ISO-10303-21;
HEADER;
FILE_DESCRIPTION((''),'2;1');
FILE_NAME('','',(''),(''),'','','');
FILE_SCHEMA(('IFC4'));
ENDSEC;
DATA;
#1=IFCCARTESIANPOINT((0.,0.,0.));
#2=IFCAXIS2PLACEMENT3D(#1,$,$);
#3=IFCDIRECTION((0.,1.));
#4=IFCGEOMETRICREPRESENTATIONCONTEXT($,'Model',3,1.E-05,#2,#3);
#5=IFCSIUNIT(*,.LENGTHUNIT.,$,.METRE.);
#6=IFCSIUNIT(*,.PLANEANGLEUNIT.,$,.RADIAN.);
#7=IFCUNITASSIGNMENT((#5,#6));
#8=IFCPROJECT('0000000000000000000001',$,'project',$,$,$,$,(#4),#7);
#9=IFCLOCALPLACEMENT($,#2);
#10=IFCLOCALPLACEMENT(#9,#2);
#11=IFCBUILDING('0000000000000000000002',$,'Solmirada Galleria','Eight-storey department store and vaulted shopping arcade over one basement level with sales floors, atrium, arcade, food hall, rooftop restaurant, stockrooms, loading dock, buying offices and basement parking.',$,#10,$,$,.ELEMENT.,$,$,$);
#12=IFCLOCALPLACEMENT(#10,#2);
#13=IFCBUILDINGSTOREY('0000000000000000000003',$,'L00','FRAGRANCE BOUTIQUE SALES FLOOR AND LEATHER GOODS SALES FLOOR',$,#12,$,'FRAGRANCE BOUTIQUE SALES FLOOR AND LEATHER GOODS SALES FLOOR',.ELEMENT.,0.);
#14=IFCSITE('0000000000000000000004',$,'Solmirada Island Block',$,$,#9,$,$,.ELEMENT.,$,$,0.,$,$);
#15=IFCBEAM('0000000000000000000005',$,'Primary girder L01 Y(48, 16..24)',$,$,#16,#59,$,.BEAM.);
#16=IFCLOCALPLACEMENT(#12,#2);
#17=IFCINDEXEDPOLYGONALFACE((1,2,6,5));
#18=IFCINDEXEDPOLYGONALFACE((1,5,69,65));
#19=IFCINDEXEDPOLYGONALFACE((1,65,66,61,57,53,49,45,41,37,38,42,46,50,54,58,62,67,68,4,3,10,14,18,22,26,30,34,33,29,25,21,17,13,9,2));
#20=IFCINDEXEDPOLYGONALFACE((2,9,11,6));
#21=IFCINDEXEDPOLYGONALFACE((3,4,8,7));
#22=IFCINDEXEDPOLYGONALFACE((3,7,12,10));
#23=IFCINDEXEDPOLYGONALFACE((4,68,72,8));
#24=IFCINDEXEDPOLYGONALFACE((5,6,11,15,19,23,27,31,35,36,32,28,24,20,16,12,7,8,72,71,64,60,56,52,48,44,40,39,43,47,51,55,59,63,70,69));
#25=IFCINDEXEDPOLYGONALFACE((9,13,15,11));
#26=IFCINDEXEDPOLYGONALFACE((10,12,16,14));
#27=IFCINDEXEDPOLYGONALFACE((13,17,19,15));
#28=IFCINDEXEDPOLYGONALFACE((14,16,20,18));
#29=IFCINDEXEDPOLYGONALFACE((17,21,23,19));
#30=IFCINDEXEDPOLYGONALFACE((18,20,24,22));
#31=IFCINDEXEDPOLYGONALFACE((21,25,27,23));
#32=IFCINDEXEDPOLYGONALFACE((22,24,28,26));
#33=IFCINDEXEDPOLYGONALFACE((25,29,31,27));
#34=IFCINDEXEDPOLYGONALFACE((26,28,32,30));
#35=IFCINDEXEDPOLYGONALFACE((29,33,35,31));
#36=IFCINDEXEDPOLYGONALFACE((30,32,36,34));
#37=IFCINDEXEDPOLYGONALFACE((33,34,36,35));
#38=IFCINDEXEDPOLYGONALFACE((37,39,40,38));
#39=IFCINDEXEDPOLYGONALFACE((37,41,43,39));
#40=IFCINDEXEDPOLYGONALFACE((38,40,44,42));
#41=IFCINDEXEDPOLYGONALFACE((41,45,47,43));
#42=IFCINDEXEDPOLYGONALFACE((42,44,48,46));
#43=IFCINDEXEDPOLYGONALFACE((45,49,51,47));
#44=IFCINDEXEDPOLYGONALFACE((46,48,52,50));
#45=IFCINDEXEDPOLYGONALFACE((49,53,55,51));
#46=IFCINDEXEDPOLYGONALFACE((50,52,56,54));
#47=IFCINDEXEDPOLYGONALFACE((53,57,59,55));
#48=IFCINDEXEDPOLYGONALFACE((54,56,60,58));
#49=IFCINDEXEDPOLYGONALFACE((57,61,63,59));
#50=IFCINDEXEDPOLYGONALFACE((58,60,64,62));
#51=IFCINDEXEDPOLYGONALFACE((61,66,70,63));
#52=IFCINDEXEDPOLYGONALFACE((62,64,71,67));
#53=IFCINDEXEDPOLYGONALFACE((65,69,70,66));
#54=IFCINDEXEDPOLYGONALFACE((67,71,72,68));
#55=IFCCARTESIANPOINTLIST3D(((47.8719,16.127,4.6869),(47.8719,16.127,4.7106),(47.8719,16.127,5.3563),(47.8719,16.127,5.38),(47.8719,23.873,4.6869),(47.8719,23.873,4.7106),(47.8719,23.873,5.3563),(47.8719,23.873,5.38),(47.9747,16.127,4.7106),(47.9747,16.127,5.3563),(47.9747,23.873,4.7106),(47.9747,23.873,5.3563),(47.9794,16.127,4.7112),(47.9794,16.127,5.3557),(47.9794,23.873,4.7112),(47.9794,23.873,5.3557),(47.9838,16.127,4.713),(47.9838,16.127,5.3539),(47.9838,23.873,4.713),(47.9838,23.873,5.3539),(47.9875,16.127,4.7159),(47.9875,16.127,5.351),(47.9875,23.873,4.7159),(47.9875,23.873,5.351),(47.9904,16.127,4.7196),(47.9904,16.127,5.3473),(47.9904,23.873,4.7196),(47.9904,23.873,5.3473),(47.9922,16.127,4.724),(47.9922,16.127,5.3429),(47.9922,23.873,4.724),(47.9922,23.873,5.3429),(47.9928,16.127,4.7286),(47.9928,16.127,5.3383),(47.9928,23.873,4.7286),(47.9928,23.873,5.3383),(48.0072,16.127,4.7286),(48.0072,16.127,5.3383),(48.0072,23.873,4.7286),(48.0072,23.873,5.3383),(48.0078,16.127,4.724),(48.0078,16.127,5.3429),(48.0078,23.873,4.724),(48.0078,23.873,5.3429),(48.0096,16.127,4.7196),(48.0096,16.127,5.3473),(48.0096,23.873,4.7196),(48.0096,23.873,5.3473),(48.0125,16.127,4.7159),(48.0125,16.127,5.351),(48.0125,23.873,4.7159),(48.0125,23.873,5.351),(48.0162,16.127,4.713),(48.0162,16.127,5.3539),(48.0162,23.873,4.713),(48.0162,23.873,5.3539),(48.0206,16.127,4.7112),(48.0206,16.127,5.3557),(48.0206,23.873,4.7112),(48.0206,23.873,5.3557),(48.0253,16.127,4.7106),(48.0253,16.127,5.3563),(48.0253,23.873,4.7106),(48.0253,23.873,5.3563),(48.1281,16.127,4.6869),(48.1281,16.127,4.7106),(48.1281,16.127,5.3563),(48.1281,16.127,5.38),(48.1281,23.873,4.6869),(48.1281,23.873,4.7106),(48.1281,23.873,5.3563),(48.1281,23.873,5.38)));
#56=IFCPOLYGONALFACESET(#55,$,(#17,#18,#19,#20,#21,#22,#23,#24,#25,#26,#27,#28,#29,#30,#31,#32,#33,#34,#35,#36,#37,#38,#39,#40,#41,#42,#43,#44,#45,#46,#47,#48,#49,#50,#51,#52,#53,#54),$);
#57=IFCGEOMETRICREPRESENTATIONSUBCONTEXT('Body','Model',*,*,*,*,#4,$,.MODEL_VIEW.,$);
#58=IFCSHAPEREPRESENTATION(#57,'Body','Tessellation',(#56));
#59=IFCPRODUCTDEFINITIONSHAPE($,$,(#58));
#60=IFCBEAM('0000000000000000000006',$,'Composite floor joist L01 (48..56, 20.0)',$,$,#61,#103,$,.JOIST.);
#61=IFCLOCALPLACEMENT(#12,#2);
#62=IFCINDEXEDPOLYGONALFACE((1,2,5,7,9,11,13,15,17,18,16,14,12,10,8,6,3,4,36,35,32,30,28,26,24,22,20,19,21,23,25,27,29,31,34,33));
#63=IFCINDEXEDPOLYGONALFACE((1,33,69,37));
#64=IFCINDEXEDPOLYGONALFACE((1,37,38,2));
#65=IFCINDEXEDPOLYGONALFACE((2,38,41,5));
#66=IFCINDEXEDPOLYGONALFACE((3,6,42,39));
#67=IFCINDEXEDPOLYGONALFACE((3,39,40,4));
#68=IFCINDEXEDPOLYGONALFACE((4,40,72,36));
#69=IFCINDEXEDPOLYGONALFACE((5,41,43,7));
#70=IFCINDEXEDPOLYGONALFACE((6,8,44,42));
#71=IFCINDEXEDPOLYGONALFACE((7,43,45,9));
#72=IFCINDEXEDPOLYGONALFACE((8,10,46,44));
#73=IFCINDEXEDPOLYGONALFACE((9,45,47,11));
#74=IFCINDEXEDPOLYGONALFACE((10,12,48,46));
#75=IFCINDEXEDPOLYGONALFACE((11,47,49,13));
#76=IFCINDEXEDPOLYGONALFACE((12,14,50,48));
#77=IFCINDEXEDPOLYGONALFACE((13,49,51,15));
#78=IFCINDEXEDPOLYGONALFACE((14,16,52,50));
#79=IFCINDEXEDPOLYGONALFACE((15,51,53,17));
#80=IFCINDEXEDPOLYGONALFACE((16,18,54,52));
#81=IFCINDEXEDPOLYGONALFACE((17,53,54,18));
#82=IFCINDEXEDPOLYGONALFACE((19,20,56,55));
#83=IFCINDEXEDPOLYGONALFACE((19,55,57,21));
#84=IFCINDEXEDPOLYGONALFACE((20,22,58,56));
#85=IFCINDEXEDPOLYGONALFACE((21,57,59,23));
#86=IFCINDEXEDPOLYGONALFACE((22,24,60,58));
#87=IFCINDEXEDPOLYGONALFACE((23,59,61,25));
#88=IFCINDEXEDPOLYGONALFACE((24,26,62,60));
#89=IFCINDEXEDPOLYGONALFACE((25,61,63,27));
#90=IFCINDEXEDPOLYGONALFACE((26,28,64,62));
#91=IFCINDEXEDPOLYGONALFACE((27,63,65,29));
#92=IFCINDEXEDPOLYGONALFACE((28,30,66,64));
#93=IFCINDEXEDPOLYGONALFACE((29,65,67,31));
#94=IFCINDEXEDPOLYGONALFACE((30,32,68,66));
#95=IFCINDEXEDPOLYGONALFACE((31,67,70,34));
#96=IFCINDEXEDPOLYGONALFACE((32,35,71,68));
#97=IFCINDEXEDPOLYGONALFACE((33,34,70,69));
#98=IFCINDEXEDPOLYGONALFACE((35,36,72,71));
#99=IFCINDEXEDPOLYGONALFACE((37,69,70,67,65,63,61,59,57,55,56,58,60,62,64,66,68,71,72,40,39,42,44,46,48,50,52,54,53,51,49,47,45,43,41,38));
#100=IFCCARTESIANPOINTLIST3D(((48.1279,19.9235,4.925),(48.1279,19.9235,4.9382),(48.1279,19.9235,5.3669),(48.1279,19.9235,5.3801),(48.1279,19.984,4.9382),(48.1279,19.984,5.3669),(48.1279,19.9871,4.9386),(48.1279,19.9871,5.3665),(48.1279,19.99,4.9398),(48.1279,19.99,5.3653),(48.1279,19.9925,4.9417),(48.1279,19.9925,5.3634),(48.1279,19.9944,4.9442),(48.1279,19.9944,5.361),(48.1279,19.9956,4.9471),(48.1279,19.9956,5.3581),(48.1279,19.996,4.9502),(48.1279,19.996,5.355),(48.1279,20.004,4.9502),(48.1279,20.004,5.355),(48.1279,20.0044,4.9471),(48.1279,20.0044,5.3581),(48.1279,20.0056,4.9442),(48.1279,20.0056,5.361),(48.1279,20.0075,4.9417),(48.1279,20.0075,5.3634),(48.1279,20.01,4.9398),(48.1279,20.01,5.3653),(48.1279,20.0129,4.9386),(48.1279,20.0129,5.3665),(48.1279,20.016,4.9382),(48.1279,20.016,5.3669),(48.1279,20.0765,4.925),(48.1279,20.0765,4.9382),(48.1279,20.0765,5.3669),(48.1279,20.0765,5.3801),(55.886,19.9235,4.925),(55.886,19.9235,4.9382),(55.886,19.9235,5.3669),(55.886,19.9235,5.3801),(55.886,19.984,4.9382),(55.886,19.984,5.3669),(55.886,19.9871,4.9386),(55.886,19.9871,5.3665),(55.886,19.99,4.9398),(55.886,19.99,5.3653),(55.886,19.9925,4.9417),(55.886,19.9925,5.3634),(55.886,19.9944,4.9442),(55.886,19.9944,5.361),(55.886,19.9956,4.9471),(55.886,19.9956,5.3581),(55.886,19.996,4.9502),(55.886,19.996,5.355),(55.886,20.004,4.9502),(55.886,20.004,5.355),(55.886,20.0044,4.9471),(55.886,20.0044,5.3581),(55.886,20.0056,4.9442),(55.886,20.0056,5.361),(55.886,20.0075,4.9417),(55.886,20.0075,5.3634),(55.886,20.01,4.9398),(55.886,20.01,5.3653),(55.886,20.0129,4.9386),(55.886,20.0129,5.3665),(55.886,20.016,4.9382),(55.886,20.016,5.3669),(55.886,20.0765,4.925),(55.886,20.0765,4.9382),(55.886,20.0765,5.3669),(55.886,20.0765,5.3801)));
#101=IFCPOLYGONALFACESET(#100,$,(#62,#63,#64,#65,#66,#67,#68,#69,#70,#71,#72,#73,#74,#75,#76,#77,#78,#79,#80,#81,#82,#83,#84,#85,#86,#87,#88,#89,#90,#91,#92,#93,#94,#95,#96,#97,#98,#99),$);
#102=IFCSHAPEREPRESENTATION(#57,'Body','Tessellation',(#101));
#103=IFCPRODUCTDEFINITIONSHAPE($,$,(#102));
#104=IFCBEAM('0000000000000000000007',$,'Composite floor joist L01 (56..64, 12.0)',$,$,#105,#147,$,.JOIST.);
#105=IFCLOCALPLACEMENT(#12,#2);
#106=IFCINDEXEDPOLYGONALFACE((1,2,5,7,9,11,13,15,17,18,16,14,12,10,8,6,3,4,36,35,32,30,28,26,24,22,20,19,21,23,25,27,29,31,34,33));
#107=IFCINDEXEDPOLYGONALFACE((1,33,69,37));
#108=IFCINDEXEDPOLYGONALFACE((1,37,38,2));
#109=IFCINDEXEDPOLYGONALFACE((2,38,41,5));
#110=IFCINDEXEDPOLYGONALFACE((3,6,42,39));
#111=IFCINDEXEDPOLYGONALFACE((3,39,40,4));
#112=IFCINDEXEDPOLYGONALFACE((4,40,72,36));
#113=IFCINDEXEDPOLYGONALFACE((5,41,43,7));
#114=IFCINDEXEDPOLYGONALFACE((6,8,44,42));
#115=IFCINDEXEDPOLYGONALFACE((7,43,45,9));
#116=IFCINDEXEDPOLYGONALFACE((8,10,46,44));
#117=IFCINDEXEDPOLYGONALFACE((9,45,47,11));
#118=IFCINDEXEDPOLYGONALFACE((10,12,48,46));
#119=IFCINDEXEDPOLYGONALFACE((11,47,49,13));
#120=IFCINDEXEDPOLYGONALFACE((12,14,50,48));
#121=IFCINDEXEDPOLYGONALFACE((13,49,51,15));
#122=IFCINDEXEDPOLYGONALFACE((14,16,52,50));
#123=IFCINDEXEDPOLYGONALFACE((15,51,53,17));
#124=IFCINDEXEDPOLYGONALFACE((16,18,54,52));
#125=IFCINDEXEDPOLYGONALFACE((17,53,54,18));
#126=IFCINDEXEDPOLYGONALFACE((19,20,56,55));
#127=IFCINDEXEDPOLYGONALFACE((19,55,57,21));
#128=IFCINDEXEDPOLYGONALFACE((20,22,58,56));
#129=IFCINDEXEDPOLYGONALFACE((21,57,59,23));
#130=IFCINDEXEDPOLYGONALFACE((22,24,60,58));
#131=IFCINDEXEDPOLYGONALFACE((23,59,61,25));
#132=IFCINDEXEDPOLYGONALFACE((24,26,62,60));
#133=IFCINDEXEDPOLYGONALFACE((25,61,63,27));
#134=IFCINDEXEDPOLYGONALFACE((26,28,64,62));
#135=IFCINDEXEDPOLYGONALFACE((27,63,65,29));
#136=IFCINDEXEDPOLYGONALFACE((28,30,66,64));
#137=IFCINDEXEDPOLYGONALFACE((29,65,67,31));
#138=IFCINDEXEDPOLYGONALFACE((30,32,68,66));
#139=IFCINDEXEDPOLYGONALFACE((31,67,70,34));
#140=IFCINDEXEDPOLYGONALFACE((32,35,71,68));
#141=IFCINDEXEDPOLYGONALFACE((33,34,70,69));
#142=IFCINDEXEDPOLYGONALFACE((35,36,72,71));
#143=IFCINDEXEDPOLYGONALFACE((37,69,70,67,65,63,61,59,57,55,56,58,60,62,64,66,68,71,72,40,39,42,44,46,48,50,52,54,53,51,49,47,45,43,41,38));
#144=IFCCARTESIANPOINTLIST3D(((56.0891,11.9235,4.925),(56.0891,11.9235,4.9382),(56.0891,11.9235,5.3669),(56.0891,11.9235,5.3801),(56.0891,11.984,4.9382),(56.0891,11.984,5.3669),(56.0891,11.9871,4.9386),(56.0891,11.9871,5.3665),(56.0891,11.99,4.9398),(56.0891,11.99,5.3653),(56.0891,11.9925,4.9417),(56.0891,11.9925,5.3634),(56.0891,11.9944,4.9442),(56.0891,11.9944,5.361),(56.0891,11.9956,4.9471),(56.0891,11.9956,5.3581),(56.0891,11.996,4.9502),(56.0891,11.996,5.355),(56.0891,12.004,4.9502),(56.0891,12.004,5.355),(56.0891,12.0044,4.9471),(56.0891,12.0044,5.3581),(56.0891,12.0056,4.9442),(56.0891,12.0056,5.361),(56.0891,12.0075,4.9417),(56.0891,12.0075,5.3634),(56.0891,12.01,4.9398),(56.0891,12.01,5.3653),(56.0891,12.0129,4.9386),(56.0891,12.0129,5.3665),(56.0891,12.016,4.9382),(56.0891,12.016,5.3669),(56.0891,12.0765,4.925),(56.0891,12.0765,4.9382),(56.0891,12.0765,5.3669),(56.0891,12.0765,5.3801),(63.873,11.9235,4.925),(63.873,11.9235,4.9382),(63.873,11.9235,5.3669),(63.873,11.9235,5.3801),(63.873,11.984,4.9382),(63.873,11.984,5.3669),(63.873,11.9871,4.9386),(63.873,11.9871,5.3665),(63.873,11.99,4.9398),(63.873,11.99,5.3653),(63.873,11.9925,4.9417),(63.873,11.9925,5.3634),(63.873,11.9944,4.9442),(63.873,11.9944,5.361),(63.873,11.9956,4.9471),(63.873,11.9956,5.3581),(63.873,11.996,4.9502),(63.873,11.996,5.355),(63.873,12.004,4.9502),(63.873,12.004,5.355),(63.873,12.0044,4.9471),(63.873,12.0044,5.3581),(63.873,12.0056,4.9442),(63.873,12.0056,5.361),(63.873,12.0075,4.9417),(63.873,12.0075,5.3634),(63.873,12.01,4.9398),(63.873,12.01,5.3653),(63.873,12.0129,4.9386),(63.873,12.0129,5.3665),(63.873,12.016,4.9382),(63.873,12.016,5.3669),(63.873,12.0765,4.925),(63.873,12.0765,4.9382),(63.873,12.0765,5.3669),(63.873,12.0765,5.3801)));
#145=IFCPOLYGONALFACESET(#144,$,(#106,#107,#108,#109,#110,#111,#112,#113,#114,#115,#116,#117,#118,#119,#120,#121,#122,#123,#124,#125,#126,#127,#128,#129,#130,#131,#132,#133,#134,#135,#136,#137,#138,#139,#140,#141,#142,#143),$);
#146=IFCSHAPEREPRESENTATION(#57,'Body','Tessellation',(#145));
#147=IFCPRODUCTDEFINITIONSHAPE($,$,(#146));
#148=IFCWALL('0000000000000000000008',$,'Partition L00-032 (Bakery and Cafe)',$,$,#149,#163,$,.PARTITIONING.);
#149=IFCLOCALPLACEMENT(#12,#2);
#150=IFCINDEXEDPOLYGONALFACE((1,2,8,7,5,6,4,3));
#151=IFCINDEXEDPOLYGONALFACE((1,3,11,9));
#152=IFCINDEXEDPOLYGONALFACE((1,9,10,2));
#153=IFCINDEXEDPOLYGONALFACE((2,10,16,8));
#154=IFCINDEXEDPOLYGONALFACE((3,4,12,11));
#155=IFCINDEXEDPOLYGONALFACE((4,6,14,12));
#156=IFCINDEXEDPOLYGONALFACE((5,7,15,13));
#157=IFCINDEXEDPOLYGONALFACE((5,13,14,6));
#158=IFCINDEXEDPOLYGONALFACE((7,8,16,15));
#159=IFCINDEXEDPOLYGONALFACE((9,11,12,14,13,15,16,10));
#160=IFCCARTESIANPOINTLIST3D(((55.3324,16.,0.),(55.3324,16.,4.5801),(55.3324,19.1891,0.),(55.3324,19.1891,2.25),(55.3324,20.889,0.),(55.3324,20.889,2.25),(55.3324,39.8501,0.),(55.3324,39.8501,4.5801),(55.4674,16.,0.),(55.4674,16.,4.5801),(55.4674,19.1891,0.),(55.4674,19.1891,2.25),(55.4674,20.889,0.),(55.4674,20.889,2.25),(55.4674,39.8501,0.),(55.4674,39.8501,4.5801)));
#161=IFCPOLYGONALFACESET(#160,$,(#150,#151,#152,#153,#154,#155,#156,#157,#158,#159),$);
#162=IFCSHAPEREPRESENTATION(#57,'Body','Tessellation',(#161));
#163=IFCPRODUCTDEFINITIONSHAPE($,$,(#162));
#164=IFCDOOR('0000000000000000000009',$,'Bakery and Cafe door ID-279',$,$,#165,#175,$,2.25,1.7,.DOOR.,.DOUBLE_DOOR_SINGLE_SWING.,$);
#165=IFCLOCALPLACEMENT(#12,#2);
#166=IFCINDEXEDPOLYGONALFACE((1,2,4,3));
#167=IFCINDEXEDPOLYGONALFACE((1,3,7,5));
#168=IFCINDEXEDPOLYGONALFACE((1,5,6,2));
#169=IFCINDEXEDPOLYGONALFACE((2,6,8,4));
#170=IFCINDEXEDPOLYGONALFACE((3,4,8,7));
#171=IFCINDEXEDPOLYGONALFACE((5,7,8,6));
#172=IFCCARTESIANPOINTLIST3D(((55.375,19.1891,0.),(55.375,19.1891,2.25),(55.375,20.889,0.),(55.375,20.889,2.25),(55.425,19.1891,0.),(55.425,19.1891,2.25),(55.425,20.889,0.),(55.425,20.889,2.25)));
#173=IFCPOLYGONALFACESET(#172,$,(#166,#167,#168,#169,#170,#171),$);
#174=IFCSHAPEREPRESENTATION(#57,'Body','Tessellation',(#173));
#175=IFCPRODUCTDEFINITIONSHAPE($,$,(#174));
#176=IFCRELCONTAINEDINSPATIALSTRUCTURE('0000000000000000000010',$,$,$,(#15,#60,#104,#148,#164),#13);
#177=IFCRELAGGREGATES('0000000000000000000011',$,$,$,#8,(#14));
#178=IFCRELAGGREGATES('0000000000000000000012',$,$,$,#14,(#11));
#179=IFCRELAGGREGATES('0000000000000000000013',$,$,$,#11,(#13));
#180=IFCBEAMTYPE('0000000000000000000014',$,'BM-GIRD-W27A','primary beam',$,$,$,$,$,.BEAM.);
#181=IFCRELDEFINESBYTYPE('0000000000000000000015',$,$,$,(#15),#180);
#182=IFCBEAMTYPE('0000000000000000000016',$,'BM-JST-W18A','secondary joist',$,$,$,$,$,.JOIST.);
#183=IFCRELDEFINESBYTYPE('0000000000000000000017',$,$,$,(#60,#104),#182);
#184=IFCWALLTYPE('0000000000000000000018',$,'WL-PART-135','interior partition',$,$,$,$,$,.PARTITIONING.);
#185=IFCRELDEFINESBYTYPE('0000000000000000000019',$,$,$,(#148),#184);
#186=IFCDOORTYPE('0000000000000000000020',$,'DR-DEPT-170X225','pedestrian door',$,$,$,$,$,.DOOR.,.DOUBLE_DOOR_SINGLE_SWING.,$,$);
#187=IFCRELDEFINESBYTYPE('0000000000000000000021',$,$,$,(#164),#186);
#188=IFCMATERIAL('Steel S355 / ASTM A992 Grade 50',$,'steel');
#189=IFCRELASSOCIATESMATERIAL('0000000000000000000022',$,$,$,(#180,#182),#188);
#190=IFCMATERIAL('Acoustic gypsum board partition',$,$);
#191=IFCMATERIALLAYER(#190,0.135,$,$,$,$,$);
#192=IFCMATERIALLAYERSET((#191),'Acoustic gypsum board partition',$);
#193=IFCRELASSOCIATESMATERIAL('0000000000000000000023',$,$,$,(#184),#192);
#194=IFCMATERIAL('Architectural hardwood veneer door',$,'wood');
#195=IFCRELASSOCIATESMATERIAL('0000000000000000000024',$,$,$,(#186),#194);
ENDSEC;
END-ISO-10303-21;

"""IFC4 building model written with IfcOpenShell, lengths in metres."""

from ifc_helpers import new_model, si_unit, direction, frame, frame_2d, origin, origin_2d, place, context, subcontext, project, spatial, rectangle, i_section, extrude, material, layer, layer_set, material_profile, profile_set, type_object, element, fill, save


model = new_model("IFC4")

# Units and contexts
model_context = context("Model", 3, precision=1e-05, world=origin(), true_north=direction((0.0, 1.0)))
body_context = subcontext(model_context, "Body", "Model", "MODEL_VIEW")
ifc_project = project(units=[si_unit("LENGTHUNIT", "METRE"), si_unit("PLANEANGLEUNIT", "RADIAN")], contexts=[model_context])

# Site, building, storey
site_placement = place(None, origin())
site = spatial("IfcSite", under=ifc_project, at=site_placement, Name="Solmirada Island Block", CompositionType="ELEMENT", RefElevation=0.0)
building_placement = place(site_placement, origin())
building = spatial("IfcBuilding", under=site, at=building_placement, Name="Solmirada Galleria", Description="Eight-storey department store and vaulted shopping arcade over one basement level with sales floors, atrium, arcade, food hall, rooftop restaurant, stockrooms, loading dock, buying offices and basement parking.", CompositionType="ELEMENT")
storey_placement = place(building_placement, origin())
storey = spatial("IfcBuildingStorey", under=building, at=storey_placement, Name="L00", Description="FRAGRANCE BOUTIQUE SALES FLOOR AND LEATHER GOODS SALES FLOOR", LongName="FRAGRANCE BOUTIQUE SALES FLOOR AND LEATHER GOODS SALES FLOOR", CompositionType="ELEMENT", Elevation=0.0)

# Beams
ifc_material_1 = material(Name="Steel S355 / ASTM A992 Grade 50", Category="steel")
ifc_material_profile_1 = material_profile(ifc_material_1, i_section(OverallWidth=0.2561, OverallDepth=0.6931, WebThickness=0.0144, FlangeThickness=0.0237, FilletRadius=0.0181, at=origin_2d()), Name="W27X114")
ifc_profile_set_1 = profile_set([ifc_material_profile_1], Name="Steel S355 / ASTM A992 Grade 50")
beam_type_1 = type_object("IfcBeamType", Name="BM-GIRD-W27A", Description="primary beam", PredefinedType="BEAM", material=ifc_profile_set_1)
beam_1_placement = place(storey_placement, frame((48.0, 16.127, 5.0334), z_axis=(0.0, 1.0, 0.0), x_axis=(-1.0, 0.0, 0.0)))
element("IfcBeam", 1, at=beam_1_placement, inside=storey, type_object=beam_type_1, Name="Primary girder L01 Y(48, 16..24)", PredefinedType="BEAM", context=body_context, shape_type="SweptSolid", body=[
    extrude(i_section(OverallWidth=0.2561, OverallDepth=0.6931, WebThickness=0.0144, FlangeThickness=0.0237, FilletRadius=0.0181, at=origin_2d()), origin(), (0.0, 0.0, 1.0), 7.7461),
])
ifc_material_profile_2 = material_profile(ifc_material_1, i_section(OverallWidth=0.1531, OverallDepth=0.4551, WebThickness=0.0081, FlangeThickness=0.0132, FilletRadius=0.012, at=origin_2d()), Name="W18X40")
ifc_profile_set_2 = profile_set([ifc_material_profile_2], Name="Steel S355 / ASTM A992 Grade 50")
beam_type_2 = type_object("IfcBeamType", Name="BM-JST-W18A", Description="secondary joist", PredefinedType="JOIST", material=ifc_profile_set_2)
beam_2_placement = place(storey_placement, frame((48.1279, 20.0, 5.1526), z_axis=(1.0, 0.0, 0.0), x_axis=(0.0, 1.0, 0.0)))
element("IfcBeam", 2, at=beam_2_placement, inside=storey, type_object=beam_type_2, Name="Composite floor joist L01 (48..56, 20.0)", PredefinedType="JOIST", context=body_context, shape_type="SweptSolid", body=[
    extrude(i_section(OverallWidth=0.1531, OverallDepth=0.4551, WebThickness=0.0081, FlangeThickness=0.0132, FilletRadius=0.012, at=origin_2d()), origin(), (0.0, 0.0, 1.0), 7.7581),
])
beam_3_placement = place(storey_placement, frame((56.0891, 12.0, 5.1526), z_axis=(1.0, 0.0, 0.0), x_axis=(0.0, 1.0, 0.0)))
element("IfcBeam", 3, at=beam_3_placement, inside=storey, type_object=beam_type_2, Name="Composite floor joist L01 (56..64, 12.0)", PredefinedType="JOIST", context=body_context, shape_type="SweptSolid", body=[
    extrude(i_section(OverallWidth=0.1531, OverallDepth=0.4551, WebThickness=0.0081, FlangeThickness=0.0132, FilletRadius=0.012, at=origin_2d()), origin(), (0.0, 0.0, 1.0), 7.7839),
])

# Wall, opening, door
ifc_material_2 = material(Name="Acoustic gypsum board partition")
ifc_layer = layer(ifc_material_2, 0.135)
ifc_layer_set = layer_set([ifc_layer], Name="Acoustic gypsum board partition")
wall_type = type_object("IfcWallType", Name="WL-PART-135", Description="interior partition", PredefinedType="PARTITIONING", material=ifc_layer_set)
wall_placement = place(storey_placement, frame((55.3999, 16.0, 0.0), z_axis=(0.0, 0.0, 1.0), x_axis=(0.0, 1.0, 0.0)))
wall = element("IfcWall", 4, at=wall_placement, inside=storey, type_object=wall_type, Name="Partition L00-032 (Bakery and Cafe)", PredefinedType="PARTITIONING", context=body_context, shape_type="SweptSolid", body=[
    extrude(rectangle(XDim=23.8501, YDim=0.135, at=frame_2d((11.925, 0.0))), origin(), (0.0, 0.0, 1.0), 4.5801),
])
opening_placement = place(wall_placement, frame((3.189, 0.0, 0.0)))
opening = element("IfcOpeningElement", 5, at=opening_placement, cuts=wall, PredefinedType="OPENING", context=body_context, shape_type="SweptSolid", body=[
    extrude(rectangle(XDim=1.7, YDim=2.25, at=frame_2d((0.8501, 1.125))), frame((0.0, 0.0774, 0.0), z_axis=(0.0, -1.0, 0.0), x_axis=(1.0, 0.0, 0.0)), (0.0, 0.0, 1.0), 0.155),
])
ifc_material_3 = material(Name="Architectural hardwood veneer door", Category="wood")
door_type = type_object("IfcDoorType", Name="DR-DEPT-170X225", Description="pedestrian door", OperationType="DOUBLE_DOOR_SINGLE_SWING", PredefinedType="DOOR", material=ifc_material_3)
door_placement = place(opening_placement, origin())
door = element("IfcDoor", 6, at=door_placement, inside=storey, type_object=door_type, Name="Bakery and Cafe door ID-279", OperationType="DOUBLE_DOOR_SINGLE_SWING", OverallHeight=2.25, OverallWidth=1.7, PredefinedType="DOOR", context=body_context, shape_type="SweptSolid", body=[
    extrude(rectangle(XDim=1.7, YDim=2.25, at=frame_2d((0.8501, 1.125))), frame((0.0, 0.0249, 0.0), z_axis=(0.0, -1.0, 0.0), x_axis=(1.0, 0.0, 0.0)), (0.0, 0.0, 1.0), 0.05),
])
fill(opening, door)

save(model, "model.ifc")
